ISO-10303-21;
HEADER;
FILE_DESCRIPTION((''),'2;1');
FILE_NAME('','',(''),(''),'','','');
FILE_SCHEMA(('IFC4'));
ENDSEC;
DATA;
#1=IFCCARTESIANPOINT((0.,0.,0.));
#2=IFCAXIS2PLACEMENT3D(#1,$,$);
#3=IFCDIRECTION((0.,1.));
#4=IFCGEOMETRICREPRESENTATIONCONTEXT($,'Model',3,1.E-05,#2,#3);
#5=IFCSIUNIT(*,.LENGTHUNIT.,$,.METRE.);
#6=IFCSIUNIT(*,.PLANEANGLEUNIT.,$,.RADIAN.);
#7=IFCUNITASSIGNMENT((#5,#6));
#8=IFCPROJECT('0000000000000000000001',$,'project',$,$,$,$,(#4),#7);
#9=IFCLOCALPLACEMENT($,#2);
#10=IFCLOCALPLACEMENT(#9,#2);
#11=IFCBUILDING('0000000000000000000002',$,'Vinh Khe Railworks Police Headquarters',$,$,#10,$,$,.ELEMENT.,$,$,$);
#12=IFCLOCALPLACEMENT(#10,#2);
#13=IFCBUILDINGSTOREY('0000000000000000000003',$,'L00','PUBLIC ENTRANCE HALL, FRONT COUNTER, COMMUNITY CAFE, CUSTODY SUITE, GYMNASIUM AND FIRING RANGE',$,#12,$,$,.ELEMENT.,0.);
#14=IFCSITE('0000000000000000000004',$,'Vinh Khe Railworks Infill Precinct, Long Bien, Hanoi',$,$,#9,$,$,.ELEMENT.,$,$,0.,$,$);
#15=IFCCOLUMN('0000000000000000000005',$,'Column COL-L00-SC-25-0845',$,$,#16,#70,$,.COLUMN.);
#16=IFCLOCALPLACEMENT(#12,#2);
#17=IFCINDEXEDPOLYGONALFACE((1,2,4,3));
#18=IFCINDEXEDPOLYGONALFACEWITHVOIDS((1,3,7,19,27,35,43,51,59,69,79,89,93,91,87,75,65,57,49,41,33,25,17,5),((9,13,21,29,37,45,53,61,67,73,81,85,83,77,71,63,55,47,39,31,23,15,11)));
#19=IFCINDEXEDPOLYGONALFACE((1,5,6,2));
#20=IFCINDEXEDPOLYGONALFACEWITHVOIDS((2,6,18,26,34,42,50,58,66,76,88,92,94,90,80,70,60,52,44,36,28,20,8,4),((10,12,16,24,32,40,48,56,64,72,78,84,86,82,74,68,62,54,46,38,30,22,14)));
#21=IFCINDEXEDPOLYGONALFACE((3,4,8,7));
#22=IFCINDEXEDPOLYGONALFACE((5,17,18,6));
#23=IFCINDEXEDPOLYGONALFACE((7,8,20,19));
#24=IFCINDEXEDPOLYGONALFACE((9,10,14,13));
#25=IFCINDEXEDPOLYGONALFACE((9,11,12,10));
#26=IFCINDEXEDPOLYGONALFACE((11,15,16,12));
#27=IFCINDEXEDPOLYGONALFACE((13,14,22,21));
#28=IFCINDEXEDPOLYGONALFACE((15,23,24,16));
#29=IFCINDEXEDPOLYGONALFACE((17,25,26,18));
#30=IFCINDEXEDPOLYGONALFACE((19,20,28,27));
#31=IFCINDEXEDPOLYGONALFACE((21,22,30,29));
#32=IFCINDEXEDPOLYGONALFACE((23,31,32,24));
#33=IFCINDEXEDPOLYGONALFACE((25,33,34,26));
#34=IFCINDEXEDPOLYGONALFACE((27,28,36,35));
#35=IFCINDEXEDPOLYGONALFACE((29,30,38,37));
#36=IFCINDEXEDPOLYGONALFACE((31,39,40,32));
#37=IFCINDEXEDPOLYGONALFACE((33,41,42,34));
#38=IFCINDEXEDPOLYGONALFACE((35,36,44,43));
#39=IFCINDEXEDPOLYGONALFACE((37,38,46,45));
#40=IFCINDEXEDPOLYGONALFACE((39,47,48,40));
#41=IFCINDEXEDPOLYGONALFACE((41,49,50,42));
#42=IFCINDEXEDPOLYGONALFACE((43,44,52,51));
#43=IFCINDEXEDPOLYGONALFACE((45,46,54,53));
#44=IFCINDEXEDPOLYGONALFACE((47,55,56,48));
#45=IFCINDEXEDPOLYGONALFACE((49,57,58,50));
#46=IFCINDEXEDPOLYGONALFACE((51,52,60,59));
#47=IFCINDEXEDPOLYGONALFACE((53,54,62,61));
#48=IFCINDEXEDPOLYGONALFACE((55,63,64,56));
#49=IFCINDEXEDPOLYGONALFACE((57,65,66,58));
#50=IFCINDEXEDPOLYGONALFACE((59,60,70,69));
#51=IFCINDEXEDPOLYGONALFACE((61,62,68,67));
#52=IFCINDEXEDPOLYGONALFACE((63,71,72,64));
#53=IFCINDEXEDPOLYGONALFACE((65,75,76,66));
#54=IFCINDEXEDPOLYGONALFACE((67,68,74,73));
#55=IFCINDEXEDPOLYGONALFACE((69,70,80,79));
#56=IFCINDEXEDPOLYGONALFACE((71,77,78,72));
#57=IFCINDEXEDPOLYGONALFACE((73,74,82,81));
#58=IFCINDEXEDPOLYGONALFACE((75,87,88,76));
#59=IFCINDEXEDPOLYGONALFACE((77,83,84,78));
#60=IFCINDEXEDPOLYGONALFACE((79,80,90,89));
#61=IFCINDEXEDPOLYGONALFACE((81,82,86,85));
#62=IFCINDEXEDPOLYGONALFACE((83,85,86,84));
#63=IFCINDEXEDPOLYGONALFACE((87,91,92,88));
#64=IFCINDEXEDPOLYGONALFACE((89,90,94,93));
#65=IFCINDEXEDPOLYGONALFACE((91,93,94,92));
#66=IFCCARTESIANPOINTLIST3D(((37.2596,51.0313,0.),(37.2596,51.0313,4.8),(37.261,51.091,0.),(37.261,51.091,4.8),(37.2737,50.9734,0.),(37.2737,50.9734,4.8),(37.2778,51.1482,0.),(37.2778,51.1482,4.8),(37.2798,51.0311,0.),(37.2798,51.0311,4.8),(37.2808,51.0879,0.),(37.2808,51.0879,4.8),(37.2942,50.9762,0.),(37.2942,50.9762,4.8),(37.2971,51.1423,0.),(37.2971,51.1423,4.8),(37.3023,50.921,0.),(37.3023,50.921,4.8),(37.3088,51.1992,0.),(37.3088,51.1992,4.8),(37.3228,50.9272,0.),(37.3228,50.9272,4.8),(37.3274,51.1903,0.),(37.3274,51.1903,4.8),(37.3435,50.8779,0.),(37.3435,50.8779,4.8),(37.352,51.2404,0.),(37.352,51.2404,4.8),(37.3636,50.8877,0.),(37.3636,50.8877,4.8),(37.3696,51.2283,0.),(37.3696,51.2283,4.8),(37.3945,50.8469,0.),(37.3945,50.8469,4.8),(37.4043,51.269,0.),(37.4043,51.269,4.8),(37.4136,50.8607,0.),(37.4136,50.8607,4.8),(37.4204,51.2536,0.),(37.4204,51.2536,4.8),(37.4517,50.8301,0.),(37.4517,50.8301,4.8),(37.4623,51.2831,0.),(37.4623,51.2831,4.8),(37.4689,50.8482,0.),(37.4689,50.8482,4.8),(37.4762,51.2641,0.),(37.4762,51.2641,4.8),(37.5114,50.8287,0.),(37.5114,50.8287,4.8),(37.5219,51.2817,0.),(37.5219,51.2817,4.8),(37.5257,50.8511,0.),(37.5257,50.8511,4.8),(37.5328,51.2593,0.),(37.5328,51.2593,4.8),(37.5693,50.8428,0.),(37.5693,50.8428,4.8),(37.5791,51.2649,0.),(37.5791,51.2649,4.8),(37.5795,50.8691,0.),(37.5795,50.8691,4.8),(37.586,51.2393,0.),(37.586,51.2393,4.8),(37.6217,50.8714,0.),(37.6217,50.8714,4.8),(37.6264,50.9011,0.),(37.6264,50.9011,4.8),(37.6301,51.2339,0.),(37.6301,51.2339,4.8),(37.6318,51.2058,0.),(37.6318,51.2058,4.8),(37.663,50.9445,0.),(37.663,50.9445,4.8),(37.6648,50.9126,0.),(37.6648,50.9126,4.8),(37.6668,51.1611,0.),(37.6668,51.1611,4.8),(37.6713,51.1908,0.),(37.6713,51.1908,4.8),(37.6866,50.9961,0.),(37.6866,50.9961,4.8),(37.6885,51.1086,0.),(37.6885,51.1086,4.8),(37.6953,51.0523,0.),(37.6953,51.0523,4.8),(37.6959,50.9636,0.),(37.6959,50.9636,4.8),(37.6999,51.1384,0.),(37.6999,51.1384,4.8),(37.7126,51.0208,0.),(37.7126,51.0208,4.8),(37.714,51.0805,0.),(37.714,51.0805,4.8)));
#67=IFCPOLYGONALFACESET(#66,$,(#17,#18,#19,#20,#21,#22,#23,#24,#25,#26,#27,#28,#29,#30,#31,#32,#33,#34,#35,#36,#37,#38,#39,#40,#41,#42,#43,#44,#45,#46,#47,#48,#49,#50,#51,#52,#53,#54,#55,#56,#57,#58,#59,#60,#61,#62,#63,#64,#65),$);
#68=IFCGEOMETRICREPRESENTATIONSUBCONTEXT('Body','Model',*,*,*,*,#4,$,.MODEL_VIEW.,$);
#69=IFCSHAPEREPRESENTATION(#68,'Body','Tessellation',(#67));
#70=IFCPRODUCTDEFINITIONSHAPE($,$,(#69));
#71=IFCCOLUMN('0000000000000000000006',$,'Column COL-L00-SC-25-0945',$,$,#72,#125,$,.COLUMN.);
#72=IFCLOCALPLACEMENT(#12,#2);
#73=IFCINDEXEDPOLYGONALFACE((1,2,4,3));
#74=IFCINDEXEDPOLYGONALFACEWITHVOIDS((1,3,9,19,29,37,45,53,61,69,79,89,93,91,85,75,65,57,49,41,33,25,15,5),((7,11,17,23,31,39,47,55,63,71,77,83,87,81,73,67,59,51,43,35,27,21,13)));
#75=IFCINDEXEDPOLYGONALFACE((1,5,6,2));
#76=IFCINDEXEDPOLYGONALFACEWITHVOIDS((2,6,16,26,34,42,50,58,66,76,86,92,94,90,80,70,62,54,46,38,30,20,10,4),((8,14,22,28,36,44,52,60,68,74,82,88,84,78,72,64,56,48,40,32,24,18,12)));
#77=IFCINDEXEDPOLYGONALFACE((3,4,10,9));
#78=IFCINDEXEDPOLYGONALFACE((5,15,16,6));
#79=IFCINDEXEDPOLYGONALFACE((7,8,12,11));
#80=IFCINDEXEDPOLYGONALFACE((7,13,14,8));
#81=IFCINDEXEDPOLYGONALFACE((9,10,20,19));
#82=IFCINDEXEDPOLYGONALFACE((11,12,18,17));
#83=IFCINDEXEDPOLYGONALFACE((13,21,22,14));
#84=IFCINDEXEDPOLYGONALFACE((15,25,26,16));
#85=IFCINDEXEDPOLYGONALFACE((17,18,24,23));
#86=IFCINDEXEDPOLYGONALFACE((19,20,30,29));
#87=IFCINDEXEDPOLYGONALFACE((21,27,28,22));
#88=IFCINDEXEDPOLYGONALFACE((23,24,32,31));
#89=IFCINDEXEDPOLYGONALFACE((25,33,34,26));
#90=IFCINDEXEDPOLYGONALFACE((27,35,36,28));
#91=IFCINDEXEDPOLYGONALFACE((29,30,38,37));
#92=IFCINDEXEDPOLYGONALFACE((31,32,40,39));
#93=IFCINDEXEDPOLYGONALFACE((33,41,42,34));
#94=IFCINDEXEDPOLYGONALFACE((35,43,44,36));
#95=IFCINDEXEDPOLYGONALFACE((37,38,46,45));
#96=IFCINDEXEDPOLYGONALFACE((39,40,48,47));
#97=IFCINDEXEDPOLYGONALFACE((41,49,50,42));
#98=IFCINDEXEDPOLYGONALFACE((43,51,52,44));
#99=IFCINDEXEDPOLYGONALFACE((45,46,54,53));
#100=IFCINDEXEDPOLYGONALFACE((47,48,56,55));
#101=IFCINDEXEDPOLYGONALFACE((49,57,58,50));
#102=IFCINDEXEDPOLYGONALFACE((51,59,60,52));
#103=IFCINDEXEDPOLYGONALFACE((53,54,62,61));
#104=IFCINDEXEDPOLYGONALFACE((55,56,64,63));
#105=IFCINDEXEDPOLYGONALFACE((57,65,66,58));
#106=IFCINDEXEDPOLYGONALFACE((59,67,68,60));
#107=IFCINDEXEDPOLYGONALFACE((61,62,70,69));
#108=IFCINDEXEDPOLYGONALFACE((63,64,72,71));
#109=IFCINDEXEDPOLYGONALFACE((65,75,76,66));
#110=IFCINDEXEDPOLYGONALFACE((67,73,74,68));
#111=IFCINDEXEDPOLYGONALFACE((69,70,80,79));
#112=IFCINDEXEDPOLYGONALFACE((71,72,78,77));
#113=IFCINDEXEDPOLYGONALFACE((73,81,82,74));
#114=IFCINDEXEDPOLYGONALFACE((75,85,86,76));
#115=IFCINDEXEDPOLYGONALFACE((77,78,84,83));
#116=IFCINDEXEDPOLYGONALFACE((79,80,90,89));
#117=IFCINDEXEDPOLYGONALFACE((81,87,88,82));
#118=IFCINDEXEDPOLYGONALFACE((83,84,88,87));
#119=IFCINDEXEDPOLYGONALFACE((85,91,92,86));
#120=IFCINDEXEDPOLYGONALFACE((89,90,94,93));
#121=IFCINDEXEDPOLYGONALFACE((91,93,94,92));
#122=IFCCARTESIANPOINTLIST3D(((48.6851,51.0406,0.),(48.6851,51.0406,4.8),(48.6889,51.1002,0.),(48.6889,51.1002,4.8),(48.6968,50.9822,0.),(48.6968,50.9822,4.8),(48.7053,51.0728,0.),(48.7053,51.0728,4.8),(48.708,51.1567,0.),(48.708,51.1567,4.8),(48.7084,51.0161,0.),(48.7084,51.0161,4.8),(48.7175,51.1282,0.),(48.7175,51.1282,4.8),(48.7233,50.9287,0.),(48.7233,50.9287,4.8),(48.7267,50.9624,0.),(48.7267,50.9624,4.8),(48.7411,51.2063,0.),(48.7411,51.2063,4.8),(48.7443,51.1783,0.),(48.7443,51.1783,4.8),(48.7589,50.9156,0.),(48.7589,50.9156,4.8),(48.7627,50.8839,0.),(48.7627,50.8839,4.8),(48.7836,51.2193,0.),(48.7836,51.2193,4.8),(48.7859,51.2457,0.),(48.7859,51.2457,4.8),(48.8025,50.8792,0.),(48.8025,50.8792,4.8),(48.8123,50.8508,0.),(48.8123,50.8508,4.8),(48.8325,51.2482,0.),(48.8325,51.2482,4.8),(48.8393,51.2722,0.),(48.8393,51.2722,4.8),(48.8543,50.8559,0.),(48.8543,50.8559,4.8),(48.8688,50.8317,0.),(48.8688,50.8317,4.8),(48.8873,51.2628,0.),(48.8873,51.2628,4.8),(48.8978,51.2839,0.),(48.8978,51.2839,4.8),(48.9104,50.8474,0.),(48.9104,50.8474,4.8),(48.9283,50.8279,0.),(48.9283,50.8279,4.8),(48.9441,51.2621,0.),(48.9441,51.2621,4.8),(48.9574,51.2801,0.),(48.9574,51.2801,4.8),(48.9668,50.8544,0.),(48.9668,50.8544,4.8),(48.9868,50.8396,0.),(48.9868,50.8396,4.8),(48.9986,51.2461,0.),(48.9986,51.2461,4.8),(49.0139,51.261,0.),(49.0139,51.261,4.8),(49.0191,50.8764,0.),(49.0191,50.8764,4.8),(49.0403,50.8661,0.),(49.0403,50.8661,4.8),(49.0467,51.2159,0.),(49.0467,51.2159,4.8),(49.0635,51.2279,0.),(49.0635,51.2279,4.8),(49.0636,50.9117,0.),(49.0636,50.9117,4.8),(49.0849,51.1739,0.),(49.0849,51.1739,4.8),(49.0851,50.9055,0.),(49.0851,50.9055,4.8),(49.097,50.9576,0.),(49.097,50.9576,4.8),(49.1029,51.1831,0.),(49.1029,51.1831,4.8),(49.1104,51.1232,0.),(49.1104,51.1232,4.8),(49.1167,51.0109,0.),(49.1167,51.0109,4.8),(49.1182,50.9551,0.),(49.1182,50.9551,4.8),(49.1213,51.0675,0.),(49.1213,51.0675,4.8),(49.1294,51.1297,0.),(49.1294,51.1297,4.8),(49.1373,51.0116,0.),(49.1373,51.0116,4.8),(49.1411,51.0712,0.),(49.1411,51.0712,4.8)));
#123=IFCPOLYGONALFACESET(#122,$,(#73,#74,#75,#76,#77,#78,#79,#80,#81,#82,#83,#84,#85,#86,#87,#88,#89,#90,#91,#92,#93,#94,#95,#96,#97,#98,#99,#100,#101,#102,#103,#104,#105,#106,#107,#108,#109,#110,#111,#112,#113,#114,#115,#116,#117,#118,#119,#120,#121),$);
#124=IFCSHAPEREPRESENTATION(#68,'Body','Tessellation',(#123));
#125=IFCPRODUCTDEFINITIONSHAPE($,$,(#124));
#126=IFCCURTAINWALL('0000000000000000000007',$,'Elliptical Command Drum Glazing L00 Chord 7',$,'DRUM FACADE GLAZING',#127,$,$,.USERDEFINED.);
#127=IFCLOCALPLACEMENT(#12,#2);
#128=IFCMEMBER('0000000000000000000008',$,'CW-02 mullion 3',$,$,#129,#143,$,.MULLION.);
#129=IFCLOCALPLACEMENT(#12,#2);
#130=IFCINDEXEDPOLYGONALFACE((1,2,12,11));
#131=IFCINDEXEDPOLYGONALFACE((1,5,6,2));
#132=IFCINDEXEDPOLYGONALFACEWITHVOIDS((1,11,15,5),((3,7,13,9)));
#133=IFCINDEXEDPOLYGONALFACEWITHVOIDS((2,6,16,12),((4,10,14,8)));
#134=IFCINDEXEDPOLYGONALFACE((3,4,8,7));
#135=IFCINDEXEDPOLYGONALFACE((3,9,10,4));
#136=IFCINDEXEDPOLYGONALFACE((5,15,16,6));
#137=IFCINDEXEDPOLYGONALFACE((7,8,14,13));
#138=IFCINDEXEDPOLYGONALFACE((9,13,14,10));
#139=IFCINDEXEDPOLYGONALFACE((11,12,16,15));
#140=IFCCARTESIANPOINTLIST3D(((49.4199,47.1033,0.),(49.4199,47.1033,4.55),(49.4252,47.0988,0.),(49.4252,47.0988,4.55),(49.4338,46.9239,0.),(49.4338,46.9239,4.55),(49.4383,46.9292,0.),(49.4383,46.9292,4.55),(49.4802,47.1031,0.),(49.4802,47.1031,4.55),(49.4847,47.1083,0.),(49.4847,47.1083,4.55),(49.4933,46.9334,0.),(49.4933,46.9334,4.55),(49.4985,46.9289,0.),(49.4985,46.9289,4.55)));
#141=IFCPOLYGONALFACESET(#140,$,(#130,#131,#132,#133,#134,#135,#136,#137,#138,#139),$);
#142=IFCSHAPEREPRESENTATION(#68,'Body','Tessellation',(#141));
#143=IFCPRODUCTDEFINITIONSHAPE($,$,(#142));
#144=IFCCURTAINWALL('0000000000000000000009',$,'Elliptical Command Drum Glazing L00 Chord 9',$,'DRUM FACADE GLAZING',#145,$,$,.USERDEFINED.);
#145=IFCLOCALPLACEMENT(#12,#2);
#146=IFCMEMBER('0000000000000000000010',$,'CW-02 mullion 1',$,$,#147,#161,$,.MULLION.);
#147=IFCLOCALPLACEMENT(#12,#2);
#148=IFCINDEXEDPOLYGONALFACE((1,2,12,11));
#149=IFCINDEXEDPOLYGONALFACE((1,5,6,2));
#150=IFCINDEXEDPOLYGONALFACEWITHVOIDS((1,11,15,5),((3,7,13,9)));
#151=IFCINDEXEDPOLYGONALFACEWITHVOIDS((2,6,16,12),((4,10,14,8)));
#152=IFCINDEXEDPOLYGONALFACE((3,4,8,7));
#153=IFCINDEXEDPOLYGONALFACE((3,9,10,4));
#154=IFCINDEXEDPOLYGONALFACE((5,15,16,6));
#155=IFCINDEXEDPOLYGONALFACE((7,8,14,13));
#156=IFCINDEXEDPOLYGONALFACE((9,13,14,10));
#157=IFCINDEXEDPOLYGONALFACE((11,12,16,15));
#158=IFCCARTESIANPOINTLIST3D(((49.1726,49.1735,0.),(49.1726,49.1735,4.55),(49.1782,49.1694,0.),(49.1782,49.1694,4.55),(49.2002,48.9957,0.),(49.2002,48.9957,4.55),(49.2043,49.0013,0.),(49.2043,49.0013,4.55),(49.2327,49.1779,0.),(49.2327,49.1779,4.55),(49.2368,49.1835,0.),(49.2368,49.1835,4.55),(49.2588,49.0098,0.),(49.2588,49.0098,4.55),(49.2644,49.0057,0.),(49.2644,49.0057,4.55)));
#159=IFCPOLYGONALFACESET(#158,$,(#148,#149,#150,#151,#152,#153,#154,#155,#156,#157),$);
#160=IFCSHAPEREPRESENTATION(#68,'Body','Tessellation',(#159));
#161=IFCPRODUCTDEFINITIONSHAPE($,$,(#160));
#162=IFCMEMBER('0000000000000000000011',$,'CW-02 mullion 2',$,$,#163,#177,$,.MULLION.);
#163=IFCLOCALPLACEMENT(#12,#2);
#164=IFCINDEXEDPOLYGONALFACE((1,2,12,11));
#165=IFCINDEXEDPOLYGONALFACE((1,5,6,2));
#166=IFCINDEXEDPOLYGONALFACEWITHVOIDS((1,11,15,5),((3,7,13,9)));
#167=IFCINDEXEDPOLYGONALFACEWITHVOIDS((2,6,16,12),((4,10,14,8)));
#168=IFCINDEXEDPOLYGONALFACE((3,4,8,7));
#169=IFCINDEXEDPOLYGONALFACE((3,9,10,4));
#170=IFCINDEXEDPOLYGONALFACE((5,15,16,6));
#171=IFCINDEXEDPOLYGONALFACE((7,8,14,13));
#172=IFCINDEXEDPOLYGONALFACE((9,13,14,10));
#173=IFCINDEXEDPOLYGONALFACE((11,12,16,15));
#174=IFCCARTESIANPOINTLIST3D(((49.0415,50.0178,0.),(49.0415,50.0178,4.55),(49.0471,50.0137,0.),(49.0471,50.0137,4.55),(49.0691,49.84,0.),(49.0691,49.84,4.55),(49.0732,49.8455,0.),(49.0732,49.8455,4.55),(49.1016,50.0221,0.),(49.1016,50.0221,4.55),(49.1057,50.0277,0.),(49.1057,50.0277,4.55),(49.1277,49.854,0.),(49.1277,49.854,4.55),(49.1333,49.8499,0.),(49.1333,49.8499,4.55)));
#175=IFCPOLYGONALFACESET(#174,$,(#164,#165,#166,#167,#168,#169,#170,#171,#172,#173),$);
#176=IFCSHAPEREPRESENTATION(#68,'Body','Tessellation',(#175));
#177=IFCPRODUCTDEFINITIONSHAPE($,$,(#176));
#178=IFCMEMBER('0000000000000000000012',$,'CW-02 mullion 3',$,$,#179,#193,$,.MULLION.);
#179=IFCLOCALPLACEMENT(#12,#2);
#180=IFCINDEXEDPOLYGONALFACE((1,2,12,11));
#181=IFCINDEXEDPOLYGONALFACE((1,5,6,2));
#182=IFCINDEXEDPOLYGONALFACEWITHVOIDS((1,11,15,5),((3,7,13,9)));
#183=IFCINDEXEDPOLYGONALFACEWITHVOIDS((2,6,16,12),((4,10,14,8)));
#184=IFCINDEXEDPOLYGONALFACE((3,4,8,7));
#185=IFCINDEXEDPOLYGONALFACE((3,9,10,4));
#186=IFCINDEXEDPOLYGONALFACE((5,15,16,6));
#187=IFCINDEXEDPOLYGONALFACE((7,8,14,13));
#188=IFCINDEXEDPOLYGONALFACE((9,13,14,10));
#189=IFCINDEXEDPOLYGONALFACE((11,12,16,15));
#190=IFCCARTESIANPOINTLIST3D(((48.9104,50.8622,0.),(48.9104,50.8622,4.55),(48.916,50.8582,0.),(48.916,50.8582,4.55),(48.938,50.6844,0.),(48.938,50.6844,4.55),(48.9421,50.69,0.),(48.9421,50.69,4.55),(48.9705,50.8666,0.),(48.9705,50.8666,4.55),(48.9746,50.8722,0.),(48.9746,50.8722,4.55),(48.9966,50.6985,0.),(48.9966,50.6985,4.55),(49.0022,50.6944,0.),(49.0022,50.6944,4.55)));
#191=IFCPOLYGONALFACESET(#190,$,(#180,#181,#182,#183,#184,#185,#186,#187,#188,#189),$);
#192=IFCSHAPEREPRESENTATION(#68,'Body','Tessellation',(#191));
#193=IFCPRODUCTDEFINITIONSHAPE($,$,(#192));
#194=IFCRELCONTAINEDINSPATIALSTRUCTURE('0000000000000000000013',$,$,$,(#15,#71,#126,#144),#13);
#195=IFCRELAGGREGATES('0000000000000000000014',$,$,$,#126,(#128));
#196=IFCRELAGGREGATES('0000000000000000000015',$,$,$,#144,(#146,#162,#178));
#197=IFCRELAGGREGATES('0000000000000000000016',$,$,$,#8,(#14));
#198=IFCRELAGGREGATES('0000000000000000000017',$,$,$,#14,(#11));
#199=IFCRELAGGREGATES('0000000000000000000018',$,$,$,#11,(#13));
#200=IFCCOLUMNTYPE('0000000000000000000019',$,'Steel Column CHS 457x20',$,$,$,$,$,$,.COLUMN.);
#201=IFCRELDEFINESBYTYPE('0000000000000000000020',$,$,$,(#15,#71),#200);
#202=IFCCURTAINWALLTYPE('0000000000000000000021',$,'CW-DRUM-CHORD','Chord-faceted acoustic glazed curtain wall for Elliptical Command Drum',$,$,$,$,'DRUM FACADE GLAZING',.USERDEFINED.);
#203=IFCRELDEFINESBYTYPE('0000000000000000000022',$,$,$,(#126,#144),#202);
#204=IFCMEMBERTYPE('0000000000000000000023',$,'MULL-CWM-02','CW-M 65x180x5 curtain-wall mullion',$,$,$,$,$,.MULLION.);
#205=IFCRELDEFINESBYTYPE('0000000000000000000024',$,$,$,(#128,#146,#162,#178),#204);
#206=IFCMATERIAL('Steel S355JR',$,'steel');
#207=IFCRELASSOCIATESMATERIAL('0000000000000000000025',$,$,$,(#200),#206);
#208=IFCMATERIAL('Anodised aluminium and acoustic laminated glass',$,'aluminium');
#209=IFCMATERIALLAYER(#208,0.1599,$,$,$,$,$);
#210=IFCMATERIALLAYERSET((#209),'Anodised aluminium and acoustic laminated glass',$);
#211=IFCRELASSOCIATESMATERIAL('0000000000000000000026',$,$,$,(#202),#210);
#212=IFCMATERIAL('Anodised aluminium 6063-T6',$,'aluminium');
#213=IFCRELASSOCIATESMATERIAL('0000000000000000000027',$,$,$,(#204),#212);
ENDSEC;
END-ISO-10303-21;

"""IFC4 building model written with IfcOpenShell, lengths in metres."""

from ifc_helpers import new_model, si_unit, direction, frame, origin, origin_2d, place, context, subcontext, project, spatial, hollow_rectangle, hollow_circle, extrude, material, layer, layer_set, material_profile, profile_set, type_object, element, aggregate, save


model = new_model("IFC4")

# Units and contexts
model_context = context("Model", 3, precision=1e-05, world=origin(), true_north=direction((0.0, 1.0)))
body_context = subcontext(model_context, "Body", "Model", "MODEL_VIEW")
ifc_project = project(units=[si_unit("LENGTHUNIT", "METRE"), si_unit("PLANEANGLEUNIT", "RADIAN")], contexts=[model_context])

# Site, building, storey
site_placement = place(None, origin())
site = spatial("IfcSite", under=ifc_project, at=site_placement, Name="Vinh Khe Railworks Infill Precinct, Long Bien, Hanoi", CompositionType="ELEMENT", RefElevation=0.0)
building_placement = place(site_placement, origin())
building = spatial("IfcBuilding", under=site, at=building_placement, Name="Vinh Khe Railworks Police Headquarters", CompositionType="ELEMENT")
storey_placement = place(building_placement, origin())
storey = spatial("IfcBuildingStorey", under=building, at=storey_placement, Name="L00", Description="PUBLIC ENTRANCE HALL, FRONT COUNTER, COMMUNITY CAFE, CUSTODY SUITE, GYMNASIUM AND FIRING RANGE", CompositionType="ELEMENT", Elevation=0.0)

# Columns
ifc_material_1 = material(Name="Steel S355JR", Category="steel")
ifc_material_profile_1 = material_profile(ifc_material_1, hollow_circle(Radius=0.2285, WallThickness=0.02, at=origin_2d()), Name="CHS 457x20")
ifc_profile_set_1 = profile_set([ifc_material_profile_1], Name="Steel S355JR")
column_type = type_object("IfcColumnType", Name="Steel Column CHS 457x20", PredefinedType="COLUMN", material=ifc_profile_set_1)
for number, where, z_axis, x_axis, name in (
    (1, (37.4868, 51.0559, 0.0), (0.0, 0.0, 1.0), (-0.988148, 0.153503, 0.0), "Column COL-L00-SC-25-0845"),
    (2, (48.9131, 51.0559, 0.0), (0.0, 0.0, 1.0), (0.94648, 0.322761, 0.0), "Column COL-L00-SC-25-0945"),
):
    element("IfcColumn", number, at=place(storey_placement, frame(where, z_axis=z_axis, x_axis=x_axis)), inside=storey, type_object=column_type, Name=name, PredefinedType="COLUMN", context=body_context, shape_type="SweptSolid", body=[
        extrude(hollow_circle(Radius=0.2285, WallThickness=0.02, at=origin_2d()), origin(), (0.0, 0.0, 1.0), 4.8),
    ])

# Curtain wall, member
ifc_material_2 = material(Name="Anodised aluminium and acoustic laminated glass", Category="aluminium")
ifc_layer_1 = layer(ifc_material_2, 0.1599)
ifc_layer_set_1 = layer_set([ifc_layer_1], Name="Anodised aluminium and acoustic laminated glass")
curtain_wall_type = type_object("IfcCurtainWallType", Name="CW-DRUM-CHORD", Description="Chord-faceted acoustic glazed curtain wall for Elliptical Command Drum", ElementType="DRUM FACADE GLAZING", PredefinedType="USERDEFINED", material=ifc_layer_set_1)
curtain_wall_1_placement = place(storey_placement, origin())
curtain_wall_1 = element("IfcCurtainWall", 3, at=curtain_wall_1_placement, inside=storey, type_object=curtain_wall_type, Name="Elliptical Command Drum Glazing L00 Chord 7", ObjectType="DRUM FACADE GLAZING", PredefinedType="USERDEFINED")
ifc_material_3 = material(Name="Anodised aluminium 6063-T6", Category="aluminium")
ifc_material_profile_2 = material_profile(ifc_material_3, hollow_rectangle(XDim=0.0649, YDim=0.1799, WallThickness=0.0049, at=origin_2d()), Name="CW-M 65x180x5")
ifc_profile_set_2 = profile_set([ifc_material_profile_2], Name="Anodised aluminium 6063-T6")
member_type_1 = type_object("IfcMemberType", Name="MULL-CWM-02", Description="CW-M 65x180x5 curtain-wall mullion", PredefinedType="MULLION", material=ifc_profile_set_2)
member_1_placement = place(storey_placement, frame((49.4592, 47.0161, 0.0), z_axis=(0.0, 0.0, 1.0), x_axis=(-0.997033, -0.07697, 0.0)))
member_1 = element("IfcMember", 4, at=member_1_placement, type_object=member_type_1, Name="CW-02 mullion 3", PredefinedType="MULLION", context=body_context, shape_type="SweptSolid", body=[
    extrude(hollow_rectangle(XDim=0.0649, YDim=0.1799, WallThickness=0.0049, at=origin_2d()), origin(), (0.0, 0.0, 1.0), 4.55),
])
aggregate(curtain_wall_1, [member_1])

# Curtain wall, members
curtain_wall_2_placement = place(storey_placement, origin())
curtain_wall_2 = element("IfcCurtainWall", 5, at=curtain_wall_2_placement, inside=storey, type_object=curtain_wall_type, Name="Elliptical Command Drum Glazing L00 Chord 9", ObjectType="DRUM FACADE GLAZING", PredefinedType="USERDEFINED")
member_2_placement = place(storey_placement, frame((49.2185, 49.0896, 0.0), z_axis=(0.0, 0.0, 1.0), x_axis=(-0.98815, -0.153491, 0.0)))
member_2 = element("IfcMember", 6, at=member_2_placement, type_object=member_type_1, Name="CW-02 mullion 1", PredefinedType="MULLION", context=body_context, shape_type="SweptSolid", body=[
    extrude(hollow_rectangle(XDim=0.0649, YDim=0.1799, WallThickness=0.0049, at=origin_2d()), origin(), (0.0, 0.0, 1.0), 4.55),
])
member_3_placement = place(storey_placement, frame((49.0874, 49.9338, 0.0), z_axis=(0.0, 0.0, 1.0), x_axis=(-0.98815, -0.153491, 0.0)))
member_3 = element("IfcMember", 7, at=member_3_placement, type_object=member_type_1, Name="CW-02 mullion 2", PredefinedType="MULLION", context=body_context, shape_type="SweptSolid", body=[
    extrude(hollow_rectangle(XDim=0.0649, YDim=0.1799, WallThickness=0.0049, at=origin_2d()), origin(), (0.0, 0.0, 1.0), 4.55),
])
member_4_placement = place(storey_placement, frame((48.9563, 50.7783, 0.0), z_axis=(0.0, 0.0, 1.0), x_axis=(-0.98815, -0.153491, 0.0)))
member_4 = element("IfcMember", 8, at=member_4_placement, type_object=member_type_1, Name="CW-02 mullion 3", PredefinedType="MULLION", context=body_context, shape_type="SweptSolid", body=[
    extrude(hollow_rectangle(XDim=0.0649, YDim=0.1799, WallThickness=0.0049, at=origin_2d()), origin(), (0.0, 0.0, 1.0), 4.55),
])

aggregate(curtain_wall_2, [member_2, member_3, member_4])

save(model, "model.ifc")
